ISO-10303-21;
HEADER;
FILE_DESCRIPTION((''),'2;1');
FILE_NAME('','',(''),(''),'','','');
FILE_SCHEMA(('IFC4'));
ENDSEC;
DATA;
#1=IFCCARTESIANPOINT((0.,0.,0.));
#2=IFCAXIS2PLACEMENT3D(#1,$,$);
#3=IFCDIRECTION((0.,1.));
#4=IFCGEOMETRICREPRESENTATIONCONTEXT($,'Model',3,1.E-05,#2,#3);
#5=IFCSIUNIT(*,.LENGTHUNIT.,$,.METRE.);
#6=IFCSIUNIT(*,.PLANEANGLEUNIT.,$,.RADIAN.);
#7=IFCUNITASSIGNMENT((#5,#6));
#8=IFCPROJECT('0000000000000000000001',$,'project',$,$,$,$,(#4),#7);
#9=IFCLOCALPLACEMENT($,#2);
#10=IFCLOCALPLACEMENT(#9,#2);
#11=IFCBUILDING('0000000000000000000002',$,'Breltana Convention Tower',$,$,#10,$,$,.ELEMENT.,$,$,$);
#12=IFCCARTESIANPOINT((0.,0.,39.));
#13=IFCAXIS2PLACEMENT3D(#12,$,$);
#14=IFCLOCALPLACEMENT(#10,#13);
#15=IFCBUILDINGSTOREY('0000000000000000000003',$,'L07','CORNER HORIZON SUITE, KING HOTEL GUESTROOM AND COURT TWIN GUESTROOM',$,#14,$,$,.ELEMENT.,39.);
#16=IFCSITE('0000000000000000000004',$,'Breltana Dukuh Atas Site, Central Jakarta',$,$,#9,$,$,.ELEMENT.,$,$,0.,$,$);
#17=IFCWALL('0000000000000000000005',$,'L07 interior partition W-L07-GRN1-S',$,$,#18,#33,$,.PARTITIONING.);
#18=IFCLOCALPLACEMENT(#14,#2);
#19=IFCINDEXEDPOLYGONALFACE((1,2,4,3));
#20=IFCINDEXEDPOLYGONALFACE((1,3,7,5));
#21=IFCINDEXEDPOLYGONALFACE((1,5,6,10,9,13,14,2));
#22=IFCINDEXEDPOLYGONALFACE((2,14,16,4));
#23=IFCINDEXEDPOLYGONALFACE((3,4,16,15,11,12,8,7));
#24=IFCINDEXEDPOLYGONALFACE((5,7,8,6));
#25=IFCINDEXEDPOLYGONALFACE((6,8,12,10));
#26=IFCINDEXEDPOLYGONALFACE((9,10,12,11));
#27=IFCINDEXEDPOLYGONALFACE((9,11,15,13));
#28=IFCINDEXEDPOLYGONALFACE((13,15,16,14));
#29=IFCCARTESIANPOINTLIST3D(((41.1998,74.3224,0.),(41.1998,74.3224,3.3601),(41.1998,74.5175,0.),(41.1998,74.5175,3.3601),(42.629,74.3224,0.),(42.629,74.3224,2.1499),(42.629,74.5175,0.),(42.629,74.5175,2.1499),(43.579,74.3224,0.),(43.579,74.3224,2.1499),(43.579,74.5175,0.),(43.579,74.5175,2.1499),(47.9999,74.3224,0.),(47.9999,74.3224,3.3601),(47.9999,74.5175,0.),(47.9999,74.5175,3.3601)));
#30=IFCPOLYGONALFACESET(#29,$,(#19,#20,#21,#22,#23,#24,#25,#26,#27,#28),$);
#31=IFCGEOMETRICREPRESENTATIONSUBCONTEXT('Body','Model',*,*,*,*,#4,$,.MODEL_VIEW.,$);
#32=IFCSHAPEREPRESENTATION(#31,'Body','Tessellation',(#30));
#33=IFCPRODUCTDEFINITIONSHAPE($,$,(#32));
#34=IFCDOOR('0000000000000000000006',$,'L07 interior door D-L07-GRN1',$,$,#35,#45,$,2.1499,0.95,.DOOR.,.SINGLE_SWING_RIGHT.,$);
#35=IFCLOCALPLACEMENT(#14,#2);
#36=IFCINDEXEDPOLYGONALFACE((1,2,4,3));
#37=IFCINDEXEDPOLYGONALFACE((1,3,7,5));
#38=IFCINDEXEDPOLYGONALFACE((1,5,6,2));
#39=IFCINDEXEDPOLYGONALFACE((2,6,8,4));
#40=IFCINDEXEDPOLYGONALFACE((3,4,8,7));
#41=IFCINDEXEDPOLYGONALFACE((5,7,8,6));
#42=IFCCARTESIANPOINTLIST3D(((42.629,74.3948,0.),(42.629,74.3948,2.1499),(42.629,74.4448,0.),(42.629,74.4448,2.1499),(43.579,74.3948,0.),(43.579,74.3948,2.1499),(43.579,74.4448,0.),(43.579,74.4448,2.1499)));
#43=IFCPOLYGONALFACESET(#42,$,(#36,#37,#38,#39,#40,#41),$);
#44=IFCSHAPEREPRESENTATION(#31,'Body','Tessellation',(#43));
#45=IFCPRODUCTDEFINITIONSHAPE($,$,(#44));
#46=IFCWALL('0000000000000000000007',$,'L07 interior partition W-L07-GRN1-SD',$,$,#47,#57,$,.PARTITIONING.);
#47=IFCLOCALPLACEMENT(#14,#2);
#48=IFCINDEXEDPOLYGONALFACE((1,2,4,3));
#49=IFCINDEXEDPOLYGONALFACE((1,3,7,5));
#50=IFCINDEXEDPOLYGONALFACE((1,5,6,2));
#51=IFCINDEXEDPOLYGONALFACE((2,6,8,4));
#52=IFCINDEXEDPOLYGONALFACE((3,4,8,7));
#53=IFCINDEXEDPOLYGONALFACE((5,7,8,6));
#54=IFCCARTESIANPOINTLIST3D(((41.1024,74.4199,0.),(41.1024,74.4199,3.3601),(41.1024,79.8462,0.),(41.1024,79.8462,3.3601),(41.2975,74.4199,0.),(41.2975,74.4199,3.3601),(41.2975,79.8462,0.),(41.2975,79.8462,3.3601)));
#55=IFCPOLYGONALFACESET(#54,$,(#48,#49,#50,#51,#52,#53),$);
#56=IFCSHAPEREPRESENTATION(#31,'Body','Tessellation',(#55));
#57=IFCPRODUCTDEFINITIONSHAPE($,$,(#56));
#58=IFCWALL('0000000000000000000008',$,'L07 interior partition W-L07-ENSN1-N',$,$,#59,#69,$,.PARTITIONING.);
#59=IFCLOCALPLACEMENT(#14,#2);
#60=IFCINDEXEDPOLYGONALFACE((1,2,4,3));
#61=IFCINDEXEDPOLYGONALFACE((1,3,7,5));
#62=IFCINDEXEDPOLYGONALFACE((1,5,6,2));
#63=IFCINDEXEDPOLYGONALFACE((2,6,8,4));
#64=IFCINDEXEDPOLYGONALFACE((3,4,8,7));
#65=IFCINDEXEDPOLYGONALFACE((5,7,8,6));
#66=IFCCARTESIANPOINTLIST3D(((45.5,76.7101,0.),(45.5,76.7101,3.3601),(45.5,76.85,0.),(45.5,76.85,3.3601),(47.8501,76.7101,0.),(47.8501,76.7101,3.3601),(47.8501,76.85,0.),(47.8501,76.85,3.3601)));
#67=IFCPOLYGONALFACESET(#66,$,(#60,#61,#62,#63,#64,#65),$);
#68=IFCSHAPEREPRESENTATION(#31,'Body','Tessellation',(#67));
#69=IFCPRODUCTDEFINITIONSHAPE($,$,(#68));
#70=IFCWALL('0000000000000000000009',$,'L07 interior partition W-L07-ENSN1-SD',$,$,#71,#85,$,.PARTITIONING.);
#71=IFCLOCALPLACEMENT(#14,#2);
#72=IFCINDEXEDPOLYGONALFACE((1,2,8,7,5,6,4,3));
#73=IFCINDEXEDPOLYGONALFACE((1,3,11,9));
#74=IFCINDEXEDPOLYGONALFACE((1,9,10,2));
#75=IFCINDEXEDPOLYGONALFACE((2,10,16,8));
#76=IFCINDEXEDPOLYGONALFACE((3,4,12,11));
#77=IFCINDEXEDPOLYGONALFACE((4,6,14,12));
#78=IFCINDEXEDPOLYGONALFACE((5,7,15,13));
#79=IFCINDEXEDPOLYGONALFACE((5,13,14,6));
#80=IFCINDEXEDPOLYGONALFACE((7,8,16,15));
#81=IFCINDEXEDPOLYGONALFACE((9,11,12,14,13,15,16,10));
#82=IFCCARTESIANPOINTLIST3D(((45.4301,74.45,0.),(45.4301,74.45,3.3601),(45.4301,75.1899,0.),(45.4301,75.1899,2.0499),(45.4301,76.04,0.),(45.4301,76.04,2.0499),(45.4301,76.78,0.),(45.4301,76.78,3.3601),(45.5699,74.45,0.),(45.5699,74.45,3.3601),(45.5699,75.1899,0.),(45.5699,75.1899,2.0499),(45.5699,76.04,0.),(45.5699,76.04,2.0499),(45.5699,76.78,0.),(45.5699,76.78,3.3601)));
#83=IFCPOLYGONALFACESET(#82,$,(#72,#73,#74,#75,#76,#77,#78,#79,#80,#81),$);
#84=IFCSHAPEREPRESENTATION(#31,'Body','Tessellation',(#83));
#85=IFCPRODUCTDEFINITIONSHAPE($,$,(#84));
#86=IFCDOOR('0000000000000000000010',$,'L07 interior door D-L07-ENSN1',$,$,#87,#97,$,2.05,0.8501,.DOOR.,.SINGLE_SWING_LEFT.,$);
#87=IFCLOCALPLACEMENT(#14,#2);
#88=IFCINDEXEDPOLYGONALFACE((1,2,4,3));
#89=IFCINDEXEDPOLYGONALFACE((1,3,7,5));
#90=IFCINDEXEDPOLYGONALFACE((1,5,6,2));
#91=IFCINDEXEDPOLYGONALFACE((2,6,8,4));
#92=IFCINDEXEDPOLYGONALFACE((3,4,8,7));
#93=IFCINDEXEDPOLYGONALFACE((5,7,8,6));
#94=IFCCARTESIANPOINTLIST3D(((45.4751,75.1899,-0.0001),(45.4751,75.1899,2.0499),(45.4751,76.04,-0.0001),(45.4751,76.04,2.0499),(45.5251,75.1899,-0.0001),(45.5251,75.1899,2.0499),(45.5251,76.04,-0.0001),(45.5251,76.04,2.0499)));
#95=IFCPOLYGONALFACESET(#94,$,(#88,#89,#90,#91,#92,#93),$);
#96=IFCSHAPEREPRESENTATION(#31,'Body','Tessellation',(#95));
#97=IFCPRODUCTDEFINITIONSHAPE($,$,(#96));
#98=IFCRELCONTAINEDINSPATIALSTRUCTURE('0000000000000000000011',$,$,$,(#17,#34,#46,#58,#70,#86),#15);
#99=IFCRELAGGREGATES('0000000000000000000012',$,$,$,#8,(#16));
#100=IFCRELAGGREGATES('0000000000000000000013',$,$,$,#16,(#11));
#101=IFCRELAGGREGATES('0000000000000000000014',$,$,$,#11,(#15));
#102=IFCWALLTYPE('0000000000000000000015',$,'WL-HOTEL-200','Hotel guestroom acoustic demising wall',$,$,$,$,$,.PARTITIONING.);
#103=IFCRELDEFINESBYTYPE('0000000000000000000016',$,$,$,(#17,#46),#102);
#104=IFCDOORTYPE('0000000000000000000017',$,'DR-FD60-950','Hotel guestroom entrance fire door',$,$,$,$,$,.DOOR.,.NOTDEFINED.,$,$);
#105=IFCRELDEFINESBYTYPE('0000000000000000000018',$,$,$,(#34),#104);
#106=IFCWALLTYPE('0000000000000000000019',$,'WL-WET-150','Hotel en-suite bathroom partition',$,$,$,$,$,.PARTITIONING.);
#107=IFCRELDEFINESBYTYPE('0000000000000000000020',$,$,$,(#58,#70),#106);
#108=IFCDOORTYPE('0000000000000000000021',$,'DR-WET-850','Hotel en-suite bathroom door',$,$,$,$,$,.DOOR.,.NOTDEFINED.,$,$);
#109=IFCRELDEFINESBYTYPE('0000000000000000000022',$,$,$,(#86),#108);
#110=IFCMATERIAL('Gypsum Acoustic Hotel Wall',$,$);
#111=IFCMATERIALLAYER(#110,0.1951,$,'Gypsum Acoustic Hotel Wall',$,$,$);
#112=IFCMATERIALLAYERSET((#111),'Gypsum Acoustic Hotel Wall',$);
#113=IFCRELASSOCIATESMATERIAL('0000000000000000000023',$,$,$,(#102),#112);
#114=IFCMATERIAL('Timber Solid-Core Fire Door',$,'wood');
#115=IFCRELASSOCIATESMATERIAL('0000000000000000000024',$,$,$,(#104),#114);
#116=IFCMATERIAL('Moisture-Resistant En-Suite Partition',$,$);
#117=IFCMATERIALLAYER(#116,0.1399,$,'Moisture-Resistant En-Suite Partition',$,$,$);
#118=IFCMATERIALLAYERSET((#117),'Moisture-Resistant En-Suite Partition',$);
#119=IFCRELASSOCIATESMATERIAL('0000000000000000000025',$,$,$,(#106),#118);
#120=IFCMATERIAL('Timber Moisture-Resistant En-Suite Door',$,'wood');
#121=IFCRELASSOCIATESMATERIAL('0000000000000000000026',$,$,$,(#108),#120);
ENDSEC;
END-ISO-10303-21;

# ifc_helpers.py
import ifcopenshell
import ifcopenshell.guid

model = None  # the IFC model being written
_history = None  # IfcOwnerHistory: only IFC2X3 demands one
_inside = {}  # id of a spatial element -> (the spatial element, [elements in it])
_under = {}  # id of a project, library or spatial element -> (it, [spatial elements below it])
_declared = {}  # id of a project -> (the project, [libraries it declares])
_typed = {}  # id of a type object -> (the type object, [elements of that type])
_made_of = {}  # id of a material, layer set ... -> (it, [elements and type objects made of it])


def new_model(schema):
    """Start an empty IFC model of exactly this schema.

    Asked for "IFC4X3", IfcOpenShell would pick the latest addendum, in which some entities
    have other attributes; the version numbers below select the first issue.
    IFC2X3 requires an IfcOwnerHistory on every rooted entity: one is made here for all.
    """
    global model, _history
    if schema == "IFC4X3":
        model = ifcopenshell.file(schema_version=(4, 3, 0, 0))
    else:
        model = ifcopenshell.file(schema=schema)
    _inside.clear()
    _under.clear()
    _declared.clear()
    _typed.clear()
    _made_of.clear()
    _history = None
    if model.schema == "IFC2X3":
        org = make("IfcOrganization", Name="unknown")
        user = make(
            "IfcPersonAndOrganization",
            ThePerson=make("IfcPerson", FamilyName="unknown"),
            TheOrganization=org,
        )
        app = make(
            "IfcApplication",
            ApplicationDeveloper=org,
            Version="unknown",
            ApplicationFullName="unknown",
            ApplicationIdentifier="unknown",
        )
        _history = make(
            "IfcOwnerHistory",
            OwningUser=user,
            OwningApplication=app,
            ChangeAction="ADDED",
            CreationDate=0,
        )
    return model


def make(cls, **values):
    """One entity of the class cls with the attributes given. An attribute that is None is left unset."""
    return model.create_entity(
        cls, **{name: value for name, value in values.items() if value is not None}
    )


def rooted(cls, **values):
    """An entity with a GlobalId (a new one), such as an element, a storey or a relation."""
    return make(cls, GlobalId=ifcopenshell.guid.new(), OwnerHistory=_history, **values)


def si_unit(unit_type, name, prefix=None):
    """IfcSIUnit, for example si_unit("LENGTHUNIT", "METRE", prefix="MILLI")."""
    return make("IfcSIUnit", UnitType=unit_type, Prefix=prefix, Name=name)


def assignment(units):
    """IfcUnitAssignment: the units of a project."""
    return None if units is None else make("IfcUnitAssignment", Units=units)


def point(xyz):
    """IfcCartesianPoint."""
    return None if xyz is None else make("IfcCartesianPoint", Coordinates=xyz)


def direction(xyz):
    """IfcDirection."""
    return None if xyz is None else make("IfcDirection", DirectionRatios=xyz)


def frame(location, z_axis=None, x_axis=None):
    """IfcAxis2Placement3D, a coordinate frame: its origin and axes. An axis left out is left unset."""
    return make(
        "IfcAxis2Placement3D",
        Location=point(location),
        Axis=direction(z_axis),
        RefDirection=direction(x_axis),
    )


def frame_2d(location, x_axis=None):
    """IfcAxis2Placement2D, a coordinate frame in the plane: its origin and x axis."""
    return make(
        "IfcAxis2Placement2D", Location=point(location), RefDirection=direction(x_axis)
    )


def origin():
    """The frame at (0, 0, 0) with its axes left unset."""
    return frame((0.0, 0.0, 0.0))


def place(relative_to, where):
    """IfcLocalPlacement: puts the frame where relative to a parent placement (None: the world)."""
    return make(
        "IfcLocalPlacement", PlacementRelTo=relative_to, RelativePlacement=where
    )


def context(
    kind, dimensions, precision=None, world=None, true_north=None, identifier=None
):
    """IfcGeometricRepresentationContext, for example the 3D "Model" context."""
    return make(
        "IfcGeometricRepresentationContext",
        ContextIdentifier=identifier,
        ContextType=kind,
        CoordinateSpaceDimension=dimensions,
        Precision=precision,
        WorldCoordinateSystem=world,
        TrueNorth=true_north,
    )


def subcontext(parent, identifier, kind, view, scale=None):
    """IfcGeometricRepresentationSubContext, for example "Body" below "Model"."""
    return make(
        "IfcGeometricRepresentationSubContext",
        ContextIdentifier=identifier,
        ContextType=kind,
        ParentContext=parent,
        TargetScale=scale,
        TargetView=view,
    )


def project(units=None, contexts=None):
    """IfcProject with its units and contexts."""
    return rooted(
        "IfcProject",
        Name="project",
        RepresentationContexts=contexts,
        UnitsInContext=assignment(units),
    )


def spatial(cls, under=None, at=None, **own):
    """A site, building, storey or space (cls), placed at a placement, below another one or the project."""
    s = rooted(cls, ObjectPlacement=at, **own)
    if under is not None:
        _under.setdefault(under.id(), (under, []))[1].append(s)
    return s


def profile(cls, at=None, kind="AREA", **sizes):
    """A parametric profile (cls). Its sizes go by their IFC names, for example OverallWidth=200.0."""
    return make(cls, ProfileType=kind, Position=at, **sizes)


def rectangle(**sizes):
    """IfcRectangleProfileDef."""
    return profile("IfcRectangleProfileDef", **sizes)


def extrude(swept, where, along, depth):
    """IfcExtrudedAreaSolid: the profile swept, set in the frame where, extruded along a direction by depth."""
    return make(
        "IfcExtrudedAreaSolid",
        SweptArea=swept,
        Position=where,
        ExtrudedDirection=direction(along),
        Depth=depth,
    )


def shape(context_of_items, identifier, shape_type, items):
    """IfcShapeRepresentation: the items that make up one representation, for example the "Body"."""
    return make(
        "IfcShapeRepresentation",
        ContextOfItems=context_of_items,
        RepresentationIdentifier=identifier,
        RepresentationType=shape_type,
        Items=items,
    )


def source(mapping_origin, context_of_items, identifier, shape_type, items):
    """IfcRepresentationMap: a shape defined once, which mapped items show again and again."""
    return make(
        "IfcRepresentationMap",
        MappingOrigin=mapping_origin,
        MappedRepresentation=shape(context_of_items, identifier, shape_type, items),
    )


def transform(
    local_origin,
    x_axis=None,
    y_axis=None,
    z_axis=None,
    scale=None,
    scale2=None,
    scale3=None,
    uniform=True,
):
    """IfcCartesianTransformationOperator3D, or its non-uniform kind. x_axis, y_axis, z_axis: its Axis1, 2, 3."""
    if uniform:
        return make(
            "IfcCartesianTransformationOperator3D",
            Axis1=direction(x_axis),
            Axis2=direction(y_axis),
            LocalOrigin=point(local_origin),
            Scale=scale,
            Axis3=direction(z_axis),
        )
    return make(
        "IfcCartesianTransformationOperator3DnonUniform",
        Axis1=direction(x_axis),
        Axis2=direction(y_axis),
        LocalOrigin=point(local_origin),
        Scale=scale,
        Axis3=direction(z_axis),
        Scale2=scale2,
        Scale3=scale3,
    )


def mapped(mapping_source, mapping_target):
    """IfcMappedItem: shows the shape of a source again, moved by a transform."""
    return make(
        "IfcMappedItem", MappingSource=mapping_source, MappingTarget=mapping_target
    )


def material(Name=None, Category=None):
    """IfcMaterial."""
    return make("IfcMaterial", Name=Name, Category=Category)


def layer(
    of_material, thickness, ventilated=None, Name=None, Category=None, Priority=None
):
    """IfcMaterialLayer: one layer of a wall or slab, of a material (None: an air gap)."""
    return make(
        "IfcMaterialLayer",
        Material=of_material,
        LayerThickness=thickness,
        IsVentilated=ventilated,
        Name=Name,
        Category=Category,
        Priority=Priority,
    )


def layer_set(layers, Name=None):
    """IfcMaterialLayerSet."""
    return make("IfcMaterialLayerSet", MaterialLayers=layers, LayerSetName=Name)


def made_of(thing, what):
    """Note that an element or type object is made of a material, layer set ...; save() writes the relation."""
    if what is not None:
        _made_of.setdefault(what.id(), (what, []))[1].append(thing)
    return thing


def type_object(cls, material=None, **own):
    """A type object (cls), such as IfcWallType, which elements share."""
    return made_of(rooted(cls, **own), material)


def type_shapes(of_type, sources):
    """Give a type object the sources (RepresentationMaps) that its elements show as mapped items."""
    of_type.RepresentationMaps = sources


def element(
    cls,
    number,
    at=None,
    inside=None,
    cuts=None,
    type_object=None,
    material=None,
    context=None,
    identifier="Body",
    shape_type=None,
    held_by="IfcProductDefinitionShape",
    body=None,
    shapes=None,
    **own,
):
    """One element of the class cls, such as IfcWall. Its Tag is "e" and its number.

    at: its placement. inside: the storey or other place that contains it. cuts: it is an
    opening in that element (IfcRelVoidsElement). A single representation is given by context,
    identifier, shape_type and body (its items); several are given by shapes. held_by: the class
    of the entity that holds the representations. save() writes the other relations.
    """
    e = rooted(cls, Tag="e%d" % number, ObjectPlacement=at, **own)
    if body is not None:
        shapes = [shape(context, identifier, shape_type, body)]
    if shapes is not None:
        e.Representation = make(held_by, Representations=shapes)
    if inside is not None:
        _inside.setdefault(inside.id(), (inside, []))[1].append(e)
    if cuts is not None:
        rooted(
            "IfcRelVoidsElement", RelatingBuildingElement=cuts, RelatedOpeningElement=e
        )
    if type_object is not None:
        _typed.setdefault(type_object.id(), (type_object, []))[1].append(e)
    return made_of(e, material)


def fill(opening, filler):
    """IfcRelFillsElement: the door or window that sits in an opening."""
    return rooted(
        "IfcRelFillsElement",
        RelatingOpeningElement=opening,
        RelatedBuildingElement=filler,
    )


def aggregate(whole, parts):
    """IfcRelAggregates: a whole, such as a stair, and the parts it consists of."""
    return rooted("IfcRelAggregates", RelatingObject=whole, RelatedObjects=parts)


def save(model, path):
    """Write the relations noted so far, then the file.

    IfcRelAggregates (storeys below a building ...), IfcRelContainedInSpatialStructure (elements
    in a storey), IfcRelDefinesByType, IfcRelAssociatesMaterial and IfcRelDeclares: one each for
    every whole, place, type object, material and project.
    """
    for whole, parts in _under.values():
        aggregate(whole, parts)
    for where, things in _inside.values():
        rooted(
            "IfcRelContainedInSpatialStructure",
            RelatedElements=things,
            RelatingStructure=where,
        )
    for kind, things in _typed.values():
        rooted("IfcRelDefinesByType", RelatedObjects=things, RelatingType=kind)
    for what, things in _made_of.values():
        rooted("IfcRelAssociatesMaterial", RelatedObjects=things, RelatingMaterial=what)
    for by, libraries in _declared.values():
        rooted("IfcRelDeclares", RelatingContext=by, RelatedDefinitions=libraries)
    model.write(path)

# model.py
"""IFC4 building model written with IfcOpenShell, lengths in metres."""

from ifc_helpers import new_model, si_unit, direction, frame, frame_2d, origin, place, context, subcontext, project, spatial, rectangle, extrude, source, transform, mapped, material, layer, layer_set, type_object, type_shapes, element, fill, save


model = new_model("IFC4")

# Units and contexts
model_context = context("Model", 3, precision=1e-05, world=origin(), true_north=direction((0.0, 1.0)))
body_context = subcontext(model_context, "Body", "Model", "MODEL_VIEW")
ifc_project = project(units=[si_unit("LENGTHUNIT", "METRE"), si_unit("PLANEANGLEUNIT", "RADIAN")], contexts=[model_context])

# Site, building, storey
site_placement = place(None, origin())
site = spatial("IfcSite", under=ifc_project, at=site_placement, Name="Breltana Dukuh Atas Site, Central Jakarta", CompositionType="ELEMENT", RefElevation=0.0)
building_placement = place(site_placement, origin())
building = spatial("IfcBuilding", under=site, at=building_placement, Name="Breltana Convention Tower", CompositionType="ELEMENT")
storey_placement = place(building_placement, frame((0.0, 0.0, 39.0)))
storey = spatial("IfcBuildingStorey", under=building, at=storey_placement, Name="L07", Description="CORNER HORIZON SUITE, KING HOTEL GUESTROOM AND COURT TWIN GUESTROOM", CompositionType="ELEMENT", Elevation=39.0)

# Wall, opening, door
ifc_material_1 = material(Name="Gypsum Acoustic Hotel Wall")
ifc_layer_1 = layer(ifc_material_1, 0.1951, Name="Gypsum Acoustic Hotel Wall")
ifc_layer_set_1 = layer_set([ifc_layer_1], Name="Gypsum Acoustic Hotel Wall")
wall_type_1 = type_object("IfcWallType", Name="WL-HOTEL-200", Description="Hotel guestroom acoustic demising wall", PredefinedType="PARTITIONING", material=ifc_layer_set_1)
shared_shape_1 = source(origin(), body_context, "Body", "SweptSolid", [
    extrude(rectangle(XDim=6.8, YDim=0.1951, at=frame_2d((3.3999, 0.0))), origin(), (0.0, 0.0, 1.0), 3.3601),
])
type_shapes(wall_type_1, [shared_shape_1])
wall_1_placement = place(storey_placement, frame((41.2, 74.4199, 0.0), z_axis=(0.0, 0.0, 1.0), x_axis=(1.0, 0.0, 0.0)))
wall_1 = element("IfcWall", 1, at=wall_1_placement, inside=storey, type_object=wall_type_1, Name="L07 interior partition W-L07-GRN1-S", PredefinedType="PARTITIONING", context=body_context, shape_type="MappedRepresentation", body=[
    mapped(shared_shape_1, transform((0.0, 0.0, 0.0), scale=1.0)),
])
opening_1_placement = place(wall_1_placement, frame((1.429, 0.0, 0.0)))
opening_1 = element("IfcOpeningElement", 2, at=opening_1_placement, cuts=wall_1, PredefinedType="OPENING", context=body_context, shape_type="SweptSolid", body=[
    extrude(rectangle(XDim=0.95, YDim=2.1499, at=frame_2d((0.4751, 1.075))), frame((0.0, 0.1074, 0.0), z_axis=(0.0, -1.0, 0.0), x_axis=(1.0, 0.0, 0.0)), (0.0, 0.0, 1.0), 0.2151),
])
ifc_material_2 = material(Name="Timber Solid-Core Fire Door", Category="wood")
door_type_1 = type_object("IfcDoorType", Name="DR-FD60-950", Description="Hotel guestroom entrance fire door", OperationType="NOTDEFINED", PredefinedType="DOOR", material=ifc_material_2)
shared_shape_2 = source(origin(), body_context, "Body", "SweptSolid", [
    extrude(rectangle(XDim=0.95, YDim=2.1499, at=frame_2d((0.4751, 1.075))), frame((0.0, 0.0249, 0.0), z_axis=(0.0, -1.0, 0.0), x_axis=(1.0, 0.0, 0.0)), (0.0, 0.0, 1.0), 0.05),
])
type_shapes(door_type_1, [shared_shape_2])
door_1_placement = place(opening_1_placement, origin())
door_1 = element("IfcDoor", 3, at=door_1_placement, inside=storey, type_object=door_type_1, Name="L07 interior door D-L07-GRN1", OperationType="SINGLE_SWING_RIGHT", OverallHeight=2.1499, OverallWidth=0.95, PredefinedType="DOOR", context=body_context, shape_type="MappedRepresentation", body=[
    mapped(shared_shape_2, transform((0.0, 0.0, 0.0), scale=1.0)),
])
fill(opening_1, door_1)

# Walls
shared_shape_3 = source(origin(), body_context, "Body", "SweptSolid", [
    extrude(rectangle(XDim=5.4263, YDim=0.1951, at=frame_2d((2.7131, 0.0))), origin(), (0.0, 0.0, 1.0), 3.3601),
])
wall_2_placement = place(storey_placement, frame((41.2, 74.4199, 0.0), z_axis=(0.0, 0.0, 1.0), x_axis=(0.0, 1.0, 0.0)))
element("IfcWall", 4, at=wall_2_placement, inside=storey, type_object=wall_type_1, Name="L07 interior partition W-L07-GRN1-SD", PredefinedType="PARTITIONING", context=body_context, shape_type="MappedRepresentation", body=[
    mapped(shared_shape_3, transform((0.0, 0.0, 0.0), scale=1.0)),
])
ifc_material_3 = material(Name="Moisture-Resistant En-Suite Partition")
ifc_layer_2 = layer(ifc_material_3, 0.1399, Name="Moisture-Resistant En-Suite Partition")
ifc_layer_set_2 = layer_set([ifc_layer_2], Name="Moisture-Resistant En-Suite Partition")
wall_type_2 = type_object("IfcWallType", Name="WL-WET-150", Description="Hotel en-suite bathroom partition", PredefinedType="PARTITIONING", material=ifc_layer_set_2)
shared_shape_4 = source(origin(), body_context, "Body", "SweptSolid", [
    extrude(rectangle(XDim=2.3501, YDim=0.1399, at=frame_2d((1.175, 0.0))), origin(), (0.0, 0.0, 1.0), 3.3601),
])
type_shapes(wall_type_2, [shared_shape_4])
wall_3_placement = place(storey_placement, frame((45.5, 76.78, 0.0), z_axis=(0.0, 0.0, 1.0), x_axis=(1.0, 0.0, 0.0)))
element("IfcWall", 5, at=wall_3_placement, inside=storey, type_object=wall_type_2, Name="L07 interior partition W-L07-ENSN1-N", PredefinedType="PARTITIONING", context=body_context, shape_type="MappedRepresentation", body=[
    mapped(shared_shape_4, transform((0.0, 0.0, 0.0), scale=1.0)),
])

# Wall, opening, door
shared_shape_5 = source(origin(), body_context, "Body", "SweptSolid", [
    extrude(rectangle(XDim=2.3301, YDim=0.1399, at=frame_2d((1.165, 0.0))), origin(), (0.0, 0.0, 1.0), 3.3601),
])
wall_4_placement = place(storey_placement, frame((45.5, 74.45, 0.0), z_axis=(0.0, 0.0, 1.0), x_axis=(0.0, 1.0, 0.0)))
wall_4 = element("IfcWall", 6, at=wall_4_placement, inside=storey, type_object=wall_type_2, Name="L07 interior partition W-L07-ENSN1-SD", PredefinedType="PARTITIONING", context=body_context, shape_type="MappedRepresentation", body=[
    mapped(shared_shape_5, transform((0.0, 0.0, 0.0), scale=1.0)),
])
opening_2_placement = place(wall_4_placement, frame((0.74, 0.0, 0.0)))
opening_2 = element("IfcOpeningElement", 7, at=opening_2_placement, cuts=wall_4, PredefinedType="OPENING", context=body_context, shape_type="SweptSolid", body=[
    extrude(rectangle(XDim=0.8501, YDim=2.05, at=frame_2d((0.425, 1.0249))), frame((0.0, 0.0801, 0.0), z_axis=(0.0, -1.0, 0.0), x_axis=(1.0, 0.0, 0.0)), (0.0, 0.0, 1.0), 0.1599),
])
ifc_material_4 = material(Name="Timber Moisture-Resistant En-Suite Door", Category="wood")
door_type_2 = type_object("IfcDoorType", Name="DR-WET-850", Description="Hotel en-suite bathroom door", OperationType="NOTDEFINED", PredefinedType="DOOR", material=ifc_material_4)
shared_shape_6 = source(origin(), body_context, "Body", "SweptSolid", [
    extrude(rectangle(XDim=0.8501, YDim=2.05, at=frame_2d((0.425, 1.0249))), frame((0.0, 0.0249, 0.0), z_axis=(0.0, -1.0, 0.0), x_axis=(1.0, 0.0, 0.0)), (0.0, 0.0, 1.0), 0.05),
])
type_shapes(door_type_2, [shared_shape_6])
door_2_placement = place(opening_2_placement, origin())
door_2 = element("IfcDoor", 8, at=door_2_placement, inside=storey, type_object=door_type_2, Name="L07 interior door D-L07-ENSN1", OperationType="SINGLE_SWING_LEFT", OverallHeight=2.05, OverallWidth=0.8501, PredefinedType="DOOR", context=body_context, shape_type="MappedRepresentation", body=[
    mapped(shared_shape_6, transform((0.0, 0.0, 0.0), scale=1.0)),
])
fill(opening_2, door_2)

save(model, "model.ifc")
